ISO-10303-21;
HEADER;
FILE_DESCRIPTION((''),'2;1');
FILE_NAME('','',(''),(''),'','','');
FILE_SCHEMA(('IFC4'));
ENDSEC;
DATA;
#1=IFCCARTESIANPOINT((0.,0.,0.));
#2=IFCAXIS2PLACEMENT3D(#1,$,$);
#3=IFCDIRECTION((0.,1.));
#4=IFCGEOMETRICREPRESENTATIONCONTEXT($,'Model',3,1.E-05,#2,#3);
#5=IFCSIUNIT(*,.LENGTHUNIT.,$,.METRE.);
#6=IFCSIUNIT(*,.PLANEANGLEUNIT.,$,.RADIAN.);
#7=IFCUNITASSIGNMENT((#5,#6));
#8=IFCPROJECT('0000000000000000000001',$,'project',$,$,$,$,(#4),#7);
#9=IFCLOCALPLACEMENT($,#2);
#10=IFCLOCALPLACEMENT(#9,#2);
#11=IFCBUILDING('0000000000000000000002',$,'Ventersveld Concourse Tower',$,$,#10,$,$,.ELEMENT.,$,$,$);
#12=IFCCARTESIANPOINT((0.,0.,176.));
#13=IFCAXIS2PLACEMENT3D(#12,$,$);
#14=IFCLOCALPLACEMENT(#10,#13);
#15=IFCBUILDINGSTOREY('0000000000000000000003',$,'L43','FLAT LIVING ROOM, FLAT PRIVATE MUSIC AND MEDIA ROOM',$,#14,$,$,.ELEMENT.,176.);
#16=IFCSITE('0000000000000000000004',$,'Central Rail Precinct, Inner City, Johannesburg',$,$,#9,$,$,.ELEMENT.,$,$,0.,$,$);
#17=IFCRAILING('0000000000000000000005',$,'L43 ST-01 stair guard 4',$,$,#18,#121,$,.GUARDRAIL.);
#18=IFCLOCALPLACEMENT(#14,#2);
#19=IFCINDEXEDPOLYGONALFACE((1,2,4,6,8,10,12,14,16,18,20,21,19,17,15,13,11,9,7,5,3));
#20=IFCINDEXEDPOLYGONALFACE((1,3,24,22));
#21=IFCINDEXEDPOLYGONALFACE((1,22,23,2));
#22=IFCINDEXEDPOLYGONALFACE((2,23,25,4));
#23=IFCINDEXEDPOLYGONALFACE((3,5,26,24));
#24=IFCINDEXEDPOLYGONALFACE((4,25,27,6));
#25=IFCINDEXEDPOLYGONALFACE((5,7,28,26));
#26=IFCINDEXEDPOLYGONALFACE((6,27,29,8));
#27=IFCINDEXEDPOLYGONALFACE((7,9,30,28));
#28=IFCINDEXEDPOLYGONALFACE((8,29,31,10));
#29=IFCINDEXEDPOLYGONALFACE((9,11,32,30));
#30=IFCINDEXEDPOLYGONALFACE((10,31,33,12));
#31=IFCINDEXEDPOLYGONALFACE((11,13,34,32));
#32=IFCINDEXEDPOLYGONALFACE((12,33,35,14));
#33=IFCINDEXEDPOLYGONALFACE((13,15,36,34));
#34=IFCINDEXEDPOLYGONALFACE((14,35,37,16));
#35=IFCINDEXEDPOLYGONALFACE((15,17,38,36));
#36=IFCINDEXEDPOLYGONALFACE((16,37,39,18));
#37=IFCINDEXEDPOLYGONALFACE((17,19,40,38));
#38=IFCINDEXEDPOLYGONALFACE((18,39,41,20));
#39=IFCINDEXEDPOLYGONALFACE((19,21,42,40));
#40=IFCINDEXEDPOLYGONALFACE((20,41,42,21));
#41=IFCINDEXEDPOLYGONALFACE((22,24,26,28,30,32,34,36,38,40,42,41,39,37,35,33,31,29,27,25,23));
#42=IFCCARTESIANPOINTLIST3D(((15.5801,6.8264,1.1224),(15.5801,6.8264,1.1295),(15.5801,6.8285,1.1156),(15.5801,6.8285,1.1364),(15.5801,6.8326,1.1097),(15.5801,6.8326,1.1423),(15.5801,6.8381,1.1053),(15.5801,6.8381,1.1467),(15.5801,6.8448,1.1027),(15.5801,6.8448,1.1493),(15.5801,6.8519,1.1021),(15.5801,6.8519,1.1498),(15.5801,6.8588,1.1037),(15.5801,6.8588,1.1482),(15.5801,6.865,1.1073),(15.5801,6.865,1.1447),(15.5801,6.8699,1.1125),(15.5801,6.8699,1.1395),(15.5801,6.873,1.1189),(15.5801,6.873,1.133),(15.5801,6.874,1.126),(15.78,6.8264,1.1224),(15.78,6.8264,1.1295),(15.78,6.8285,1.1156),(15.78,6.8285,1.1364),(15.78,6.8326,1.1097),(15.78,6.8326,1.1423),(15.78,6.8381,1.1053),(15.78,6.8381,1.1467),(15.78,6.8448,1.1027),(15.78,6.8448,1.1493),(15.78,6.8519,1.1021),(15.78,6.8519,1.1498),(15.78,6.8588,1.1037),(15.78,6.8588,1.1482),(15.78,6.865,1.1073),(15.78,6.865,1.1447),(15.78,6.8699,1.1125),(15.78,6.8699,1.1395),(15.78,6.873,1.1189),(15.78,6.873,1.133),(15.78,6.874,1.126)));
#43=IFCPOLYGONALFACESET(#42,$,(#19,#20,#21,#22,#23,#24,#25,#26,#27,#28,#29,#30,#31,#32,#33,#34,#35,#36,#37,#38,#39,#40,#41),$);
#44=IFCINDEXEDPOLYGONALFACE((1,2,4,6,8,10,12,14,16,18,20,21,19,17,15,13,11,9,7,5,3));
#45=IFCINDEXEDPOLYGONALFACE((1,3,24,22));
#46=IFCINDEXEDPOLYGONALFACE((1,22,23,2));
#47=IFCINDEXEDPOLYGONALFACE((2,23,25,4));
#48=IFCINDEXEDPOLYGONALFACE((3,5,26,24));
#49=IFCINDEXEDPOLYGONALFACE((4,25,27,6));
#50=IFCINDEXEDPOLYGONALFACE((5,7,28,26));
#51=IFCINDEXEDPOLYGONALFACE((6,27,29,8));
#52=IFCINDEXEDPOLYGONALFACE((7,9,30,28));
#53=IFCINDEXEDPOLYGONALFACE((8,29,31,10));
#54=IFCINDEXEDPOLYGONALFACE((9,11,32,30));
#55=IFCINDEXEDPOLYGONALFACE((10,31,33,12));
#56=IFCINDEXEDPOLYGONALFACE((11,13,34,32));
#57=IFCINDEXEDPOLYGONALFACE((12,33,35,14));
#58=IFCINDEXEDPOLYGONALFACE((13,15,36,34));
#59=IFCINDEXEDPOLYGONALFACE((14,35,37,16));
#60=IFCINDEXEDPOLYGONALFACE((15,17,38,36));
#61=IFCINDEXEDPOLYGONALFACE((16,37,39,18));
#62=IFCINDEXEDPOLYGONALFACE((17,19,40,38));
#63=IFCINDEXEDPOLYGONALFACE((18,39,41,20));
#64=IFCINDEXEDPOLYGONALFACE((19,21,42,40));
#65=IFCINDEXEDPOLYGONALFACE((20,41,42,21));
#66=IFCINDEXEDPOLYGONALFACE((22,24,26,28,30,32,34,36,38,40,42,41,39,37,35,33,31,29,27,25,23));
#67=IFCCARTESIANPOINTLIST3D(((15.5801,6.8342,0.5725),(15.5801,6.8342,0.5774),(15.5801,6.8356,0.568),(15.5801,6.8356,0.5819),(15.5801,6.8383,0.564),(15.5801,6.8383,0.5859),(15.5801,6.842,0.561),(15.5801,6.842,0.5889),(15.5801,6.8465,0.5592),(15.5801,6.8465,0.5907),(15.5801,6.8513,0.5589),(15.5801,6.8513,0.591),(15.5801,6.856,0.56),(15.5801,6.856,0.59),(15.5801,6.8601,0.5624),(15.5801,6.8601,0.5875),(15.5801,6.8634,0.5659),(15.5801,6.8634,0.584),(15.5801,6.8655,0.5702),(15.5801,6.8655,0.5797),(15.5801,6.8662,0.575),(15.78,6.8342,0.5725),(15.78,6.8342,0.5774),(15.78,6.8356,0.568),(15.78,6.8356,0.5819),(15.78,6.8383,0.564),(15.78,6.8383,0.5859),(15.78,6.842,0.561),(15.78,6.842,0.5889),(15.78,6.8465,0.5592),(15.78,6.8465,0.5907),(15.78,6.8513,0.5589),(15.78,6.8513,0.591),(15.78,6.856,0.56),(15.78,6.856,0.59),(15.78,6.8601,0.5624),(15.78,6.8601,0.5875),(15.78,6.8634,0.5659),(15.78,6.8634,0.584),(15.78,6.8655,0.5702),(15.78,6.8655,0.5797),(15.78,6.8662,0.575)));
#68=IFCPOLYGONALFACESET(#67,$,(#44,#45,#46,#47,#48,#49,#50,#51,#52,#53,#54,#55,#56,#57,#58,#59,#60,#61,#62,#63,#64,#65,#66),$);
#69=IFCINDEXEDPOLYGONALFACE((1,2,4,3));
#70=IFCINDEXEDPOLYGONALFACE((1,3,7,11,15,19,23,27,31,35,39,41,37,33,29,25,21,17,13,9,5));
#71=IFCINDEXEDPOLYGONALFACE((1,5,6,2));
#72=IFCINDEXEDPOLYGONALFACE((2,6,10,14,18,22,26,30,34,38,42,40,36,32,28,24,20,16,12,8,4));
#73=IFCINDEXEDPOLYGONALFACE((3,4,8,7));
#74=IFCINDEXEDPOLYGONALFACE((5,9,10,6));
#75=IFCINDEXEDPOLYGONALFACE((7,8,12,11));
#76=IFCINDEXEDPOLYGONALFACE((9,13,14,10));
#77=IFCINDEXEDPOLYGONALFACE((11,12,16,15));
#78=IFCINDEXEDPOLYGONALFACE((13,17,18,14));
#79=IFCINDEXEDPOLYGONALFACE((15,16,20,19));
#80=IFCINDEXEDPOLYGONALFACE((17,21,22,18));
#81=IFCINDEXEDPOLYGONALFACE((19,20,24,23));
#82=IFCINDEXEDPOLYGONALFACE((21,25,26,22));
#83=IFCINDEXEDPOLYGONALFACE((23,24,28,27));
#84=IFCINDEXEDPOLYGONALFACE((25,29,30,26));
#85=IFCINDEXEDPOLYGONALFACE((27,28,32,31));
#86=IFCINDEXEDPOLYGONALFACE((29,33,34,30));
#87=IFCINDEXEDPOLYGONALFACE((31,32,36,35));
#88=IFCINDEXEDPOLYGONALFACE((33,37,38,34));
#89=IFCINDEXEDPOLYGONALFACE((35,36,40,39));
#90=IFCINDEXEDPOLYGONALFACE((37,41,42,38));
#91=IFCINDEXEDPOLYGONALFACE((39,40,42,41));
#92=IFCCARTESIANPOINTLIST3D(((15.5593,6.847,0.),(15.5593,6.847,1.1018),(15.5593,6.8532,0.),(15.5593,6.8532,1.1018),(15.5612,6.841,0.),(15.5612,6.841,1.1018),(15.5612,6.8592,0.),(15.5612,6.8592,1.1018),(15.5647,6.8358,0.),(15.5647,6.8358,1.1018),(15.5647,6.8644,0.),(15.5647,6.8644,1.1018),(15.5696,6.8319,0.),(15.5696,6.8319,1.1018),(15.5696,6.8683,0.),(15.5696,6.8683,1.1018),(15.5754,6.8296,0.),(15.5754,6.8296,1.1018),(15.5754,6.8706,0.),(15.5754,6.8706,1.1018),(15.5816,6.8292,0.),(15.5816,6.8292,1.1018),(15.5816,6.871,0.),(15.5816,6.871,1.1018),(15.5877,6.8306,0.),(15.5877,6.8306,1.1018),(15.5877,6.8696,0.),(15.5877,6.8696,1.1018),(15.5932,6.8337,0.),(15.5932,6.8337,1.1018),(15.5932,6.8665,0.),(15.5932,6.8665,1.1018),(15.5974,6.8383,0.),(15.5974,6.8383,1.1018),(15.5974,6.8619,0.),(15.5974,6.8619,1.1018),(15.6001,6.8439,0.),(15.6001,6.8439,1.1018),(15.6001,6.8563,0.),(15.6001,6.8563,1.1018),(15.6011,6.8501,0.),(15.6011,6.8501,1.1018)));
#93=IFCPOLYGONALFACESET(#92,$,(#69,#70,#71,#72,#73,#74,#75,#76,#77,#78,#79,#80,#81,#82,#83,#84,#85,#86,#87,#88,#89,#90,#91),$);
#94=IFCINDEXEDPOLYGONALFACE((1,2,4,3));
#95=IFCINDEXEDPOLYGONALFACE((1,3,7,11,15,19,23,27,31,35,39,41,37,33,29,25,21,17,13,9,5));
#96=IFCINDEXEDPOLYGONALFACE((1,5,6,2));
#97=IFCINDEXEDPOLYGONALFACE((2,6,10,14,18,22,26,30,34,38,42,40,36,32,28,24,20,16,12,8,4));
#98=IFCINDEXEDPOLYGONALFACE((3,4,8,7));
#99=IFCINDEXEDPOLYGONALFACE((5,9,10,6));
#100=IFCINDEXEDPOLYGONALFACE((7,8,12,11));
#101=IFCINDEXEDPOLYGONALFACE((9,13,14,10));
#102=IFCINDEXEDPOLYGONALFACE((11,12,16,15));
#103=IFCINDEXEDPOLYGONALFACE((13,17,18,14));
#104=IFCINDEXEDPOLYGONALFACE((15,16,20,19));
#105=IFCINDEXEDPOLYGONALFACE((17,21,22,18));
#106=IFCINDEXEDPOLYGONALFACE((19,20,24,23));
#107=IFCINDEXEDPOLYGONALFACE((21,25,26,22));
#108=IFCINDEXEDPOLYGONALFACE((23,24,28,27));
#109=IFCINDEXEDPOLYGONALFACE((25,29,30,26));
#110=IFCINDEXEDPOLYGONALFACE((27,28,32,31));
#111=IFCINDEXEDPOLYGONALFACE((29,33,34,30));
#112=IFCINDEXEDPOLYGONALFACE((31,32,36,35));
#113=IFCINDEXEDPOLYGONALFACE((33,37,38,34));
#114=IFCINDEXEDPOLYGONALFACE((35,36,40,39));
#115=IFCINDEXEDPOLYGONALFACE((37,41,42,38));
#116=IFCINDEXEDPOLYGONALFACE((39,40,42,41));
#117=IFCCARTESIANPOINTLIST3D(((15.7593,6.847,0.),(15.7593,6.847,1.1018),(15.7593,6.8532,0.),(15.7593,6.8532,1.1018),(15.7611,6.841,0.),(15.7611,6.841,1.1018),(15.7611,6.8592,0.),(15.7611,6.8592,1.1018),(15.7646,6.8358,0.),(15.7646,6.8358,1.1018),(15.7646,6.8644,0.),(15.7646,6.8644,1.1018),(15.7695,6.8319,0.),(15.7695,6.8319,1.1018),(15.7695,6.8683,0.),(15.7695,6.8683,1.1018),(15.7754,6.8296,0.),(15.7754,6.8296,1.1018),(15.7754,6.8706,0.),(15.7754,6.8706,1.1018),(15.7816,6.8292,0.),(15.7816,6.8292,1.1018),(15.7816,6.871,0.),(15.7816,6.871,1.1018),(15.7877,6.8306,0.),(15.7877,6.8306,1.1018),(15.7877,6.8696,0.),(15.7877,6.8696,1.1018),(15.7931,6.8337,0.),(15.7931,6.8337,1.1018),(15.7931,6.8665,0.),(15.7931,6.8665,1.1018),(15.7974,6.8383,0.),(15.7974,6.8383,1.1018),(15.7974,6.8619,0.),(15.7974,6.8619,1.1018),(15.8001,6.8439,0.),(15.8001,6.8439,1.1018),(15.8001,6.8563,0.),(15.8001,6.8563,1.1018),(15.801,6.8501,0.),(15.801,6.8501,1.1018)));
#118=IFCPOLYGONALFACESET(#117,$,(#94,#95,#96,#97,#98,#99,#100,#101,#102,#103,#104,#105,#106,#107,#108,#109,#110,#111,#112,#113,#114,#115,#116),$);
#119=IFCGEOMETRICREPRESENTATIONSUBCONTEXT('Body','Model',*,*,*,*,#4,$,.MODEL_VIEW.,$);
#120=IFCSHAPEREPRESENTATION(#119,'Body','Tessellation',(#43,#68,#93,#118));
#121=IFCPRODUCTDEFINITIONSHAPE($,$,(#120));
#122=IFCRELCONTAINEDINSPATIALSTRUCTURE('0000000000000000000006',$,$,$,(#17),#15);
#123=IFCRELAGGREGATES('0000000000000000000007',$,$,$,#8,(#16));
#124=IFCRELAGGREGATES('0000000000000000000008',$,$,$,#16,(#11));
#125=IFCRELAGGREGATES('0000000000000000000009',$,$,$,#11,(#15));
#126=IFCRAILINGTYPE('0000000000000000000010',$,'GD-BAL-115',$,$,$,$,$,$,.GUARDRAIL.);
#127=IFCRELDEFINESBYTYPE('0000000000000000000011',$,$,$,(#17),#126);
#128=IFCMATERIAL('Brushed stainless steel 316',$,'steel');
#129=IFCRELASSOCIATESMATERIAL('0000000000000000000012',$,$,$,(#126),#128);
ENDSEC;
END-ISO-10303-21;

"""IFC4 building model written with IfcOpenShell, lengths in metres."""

from ifc_helpers import new_model, si_unit, direction, frame, origin, origin_2d, place, context, subcontext, project, spatial, circle, extrude, material, type_object, element, save


model = new_model("IFC4")

# Units and contexts
model_context = context("Model", 3, precision=1e-05, world=origin(), true_north=direction((0.0, 1.0)))
body_context = subcontext(model_context, "Body", "Model", "MODEL_VIEW")
ifc_project = project(units=[si_unit("LENGTHUNIT", "METRE"), si_unit("PLANEANGLEUNIT", "RADIAN")], contexts=[model_context])

# Site, building, storey
site_placement = place(None, origin())
site = spatial("IfcSite", under=ifc_project, at=site_placement, Name="Central Rail Precinct, Inner City, Johannesburg", CompositionType="ELEMENT", RefElevation=0.0)
building_placement = place(site_placement, origin())
building = spatial("IfcBuilding", under=site, at=building_placement, Name="Ventersveld Concourse Tower", CompositionType="ELEMENT")
storey_placement = place(building_placement, frame((0.0, 0.0, 176.0)))
storey = spatial("IfcBuildingStorey", under=building, at=storey_placement, Name="L43", Description="FLAT LIVING ROOM, FLAT PRIVATE MUSIC AND MEDIA ROOM", CompositionType="ELEMENT", Elevation=176.0)

# Shared definitions
ifc_material_1 = material(Name="Brushed stainless steel 316", Category="steel")

# Railing
railing_type = type_object("IfcRailingType", Name="GD-BAL-115", PredefinedType="GUARDRAIL", material=ifc_material_1)
railing_1_placement = place(storey_placement, frame((15.5801, 6.8501, 0.0)))
element("IfcRailing", 1, at=railing_1_placement, inside=storey, type_object=railing_type, Name="L43 ST-01 stair guard 4", PredefinedType="GUARDRAIL", context=body_context, shape_type="SweptSolid", body=[
    extrude(circle(Radius=0.0239, at=origin_2d()), frame((0.0, 0.0, 1.126), z_axis=(1.0, 0.0, 0.0), x_axis=(0.0, 1.0, 0.0)), (0.0, 0.0, 1.0), 0.2),
    extrude(circle(Radius=0.0161, at=origin_2d()), frame((0.0, 0.0, 0.575), z_axis=(1.0, 0.0, 0.0), x_axis=(0.0, 1.0, 0.0)), (0.0, 0.0, 1.0), 0.2),
    extrude(circle(Radius=0.021, at=origin_2d()), origin(), (0.0, 0.0, 1.0), 1.1018),
    extrude(circle(Radius=0.021, at=origin_2d()), frame((0.2, 0.0, 0.0)), (0.0, 0.0, 1.0), 1.1018),
])

save(model, "model.ifc")
